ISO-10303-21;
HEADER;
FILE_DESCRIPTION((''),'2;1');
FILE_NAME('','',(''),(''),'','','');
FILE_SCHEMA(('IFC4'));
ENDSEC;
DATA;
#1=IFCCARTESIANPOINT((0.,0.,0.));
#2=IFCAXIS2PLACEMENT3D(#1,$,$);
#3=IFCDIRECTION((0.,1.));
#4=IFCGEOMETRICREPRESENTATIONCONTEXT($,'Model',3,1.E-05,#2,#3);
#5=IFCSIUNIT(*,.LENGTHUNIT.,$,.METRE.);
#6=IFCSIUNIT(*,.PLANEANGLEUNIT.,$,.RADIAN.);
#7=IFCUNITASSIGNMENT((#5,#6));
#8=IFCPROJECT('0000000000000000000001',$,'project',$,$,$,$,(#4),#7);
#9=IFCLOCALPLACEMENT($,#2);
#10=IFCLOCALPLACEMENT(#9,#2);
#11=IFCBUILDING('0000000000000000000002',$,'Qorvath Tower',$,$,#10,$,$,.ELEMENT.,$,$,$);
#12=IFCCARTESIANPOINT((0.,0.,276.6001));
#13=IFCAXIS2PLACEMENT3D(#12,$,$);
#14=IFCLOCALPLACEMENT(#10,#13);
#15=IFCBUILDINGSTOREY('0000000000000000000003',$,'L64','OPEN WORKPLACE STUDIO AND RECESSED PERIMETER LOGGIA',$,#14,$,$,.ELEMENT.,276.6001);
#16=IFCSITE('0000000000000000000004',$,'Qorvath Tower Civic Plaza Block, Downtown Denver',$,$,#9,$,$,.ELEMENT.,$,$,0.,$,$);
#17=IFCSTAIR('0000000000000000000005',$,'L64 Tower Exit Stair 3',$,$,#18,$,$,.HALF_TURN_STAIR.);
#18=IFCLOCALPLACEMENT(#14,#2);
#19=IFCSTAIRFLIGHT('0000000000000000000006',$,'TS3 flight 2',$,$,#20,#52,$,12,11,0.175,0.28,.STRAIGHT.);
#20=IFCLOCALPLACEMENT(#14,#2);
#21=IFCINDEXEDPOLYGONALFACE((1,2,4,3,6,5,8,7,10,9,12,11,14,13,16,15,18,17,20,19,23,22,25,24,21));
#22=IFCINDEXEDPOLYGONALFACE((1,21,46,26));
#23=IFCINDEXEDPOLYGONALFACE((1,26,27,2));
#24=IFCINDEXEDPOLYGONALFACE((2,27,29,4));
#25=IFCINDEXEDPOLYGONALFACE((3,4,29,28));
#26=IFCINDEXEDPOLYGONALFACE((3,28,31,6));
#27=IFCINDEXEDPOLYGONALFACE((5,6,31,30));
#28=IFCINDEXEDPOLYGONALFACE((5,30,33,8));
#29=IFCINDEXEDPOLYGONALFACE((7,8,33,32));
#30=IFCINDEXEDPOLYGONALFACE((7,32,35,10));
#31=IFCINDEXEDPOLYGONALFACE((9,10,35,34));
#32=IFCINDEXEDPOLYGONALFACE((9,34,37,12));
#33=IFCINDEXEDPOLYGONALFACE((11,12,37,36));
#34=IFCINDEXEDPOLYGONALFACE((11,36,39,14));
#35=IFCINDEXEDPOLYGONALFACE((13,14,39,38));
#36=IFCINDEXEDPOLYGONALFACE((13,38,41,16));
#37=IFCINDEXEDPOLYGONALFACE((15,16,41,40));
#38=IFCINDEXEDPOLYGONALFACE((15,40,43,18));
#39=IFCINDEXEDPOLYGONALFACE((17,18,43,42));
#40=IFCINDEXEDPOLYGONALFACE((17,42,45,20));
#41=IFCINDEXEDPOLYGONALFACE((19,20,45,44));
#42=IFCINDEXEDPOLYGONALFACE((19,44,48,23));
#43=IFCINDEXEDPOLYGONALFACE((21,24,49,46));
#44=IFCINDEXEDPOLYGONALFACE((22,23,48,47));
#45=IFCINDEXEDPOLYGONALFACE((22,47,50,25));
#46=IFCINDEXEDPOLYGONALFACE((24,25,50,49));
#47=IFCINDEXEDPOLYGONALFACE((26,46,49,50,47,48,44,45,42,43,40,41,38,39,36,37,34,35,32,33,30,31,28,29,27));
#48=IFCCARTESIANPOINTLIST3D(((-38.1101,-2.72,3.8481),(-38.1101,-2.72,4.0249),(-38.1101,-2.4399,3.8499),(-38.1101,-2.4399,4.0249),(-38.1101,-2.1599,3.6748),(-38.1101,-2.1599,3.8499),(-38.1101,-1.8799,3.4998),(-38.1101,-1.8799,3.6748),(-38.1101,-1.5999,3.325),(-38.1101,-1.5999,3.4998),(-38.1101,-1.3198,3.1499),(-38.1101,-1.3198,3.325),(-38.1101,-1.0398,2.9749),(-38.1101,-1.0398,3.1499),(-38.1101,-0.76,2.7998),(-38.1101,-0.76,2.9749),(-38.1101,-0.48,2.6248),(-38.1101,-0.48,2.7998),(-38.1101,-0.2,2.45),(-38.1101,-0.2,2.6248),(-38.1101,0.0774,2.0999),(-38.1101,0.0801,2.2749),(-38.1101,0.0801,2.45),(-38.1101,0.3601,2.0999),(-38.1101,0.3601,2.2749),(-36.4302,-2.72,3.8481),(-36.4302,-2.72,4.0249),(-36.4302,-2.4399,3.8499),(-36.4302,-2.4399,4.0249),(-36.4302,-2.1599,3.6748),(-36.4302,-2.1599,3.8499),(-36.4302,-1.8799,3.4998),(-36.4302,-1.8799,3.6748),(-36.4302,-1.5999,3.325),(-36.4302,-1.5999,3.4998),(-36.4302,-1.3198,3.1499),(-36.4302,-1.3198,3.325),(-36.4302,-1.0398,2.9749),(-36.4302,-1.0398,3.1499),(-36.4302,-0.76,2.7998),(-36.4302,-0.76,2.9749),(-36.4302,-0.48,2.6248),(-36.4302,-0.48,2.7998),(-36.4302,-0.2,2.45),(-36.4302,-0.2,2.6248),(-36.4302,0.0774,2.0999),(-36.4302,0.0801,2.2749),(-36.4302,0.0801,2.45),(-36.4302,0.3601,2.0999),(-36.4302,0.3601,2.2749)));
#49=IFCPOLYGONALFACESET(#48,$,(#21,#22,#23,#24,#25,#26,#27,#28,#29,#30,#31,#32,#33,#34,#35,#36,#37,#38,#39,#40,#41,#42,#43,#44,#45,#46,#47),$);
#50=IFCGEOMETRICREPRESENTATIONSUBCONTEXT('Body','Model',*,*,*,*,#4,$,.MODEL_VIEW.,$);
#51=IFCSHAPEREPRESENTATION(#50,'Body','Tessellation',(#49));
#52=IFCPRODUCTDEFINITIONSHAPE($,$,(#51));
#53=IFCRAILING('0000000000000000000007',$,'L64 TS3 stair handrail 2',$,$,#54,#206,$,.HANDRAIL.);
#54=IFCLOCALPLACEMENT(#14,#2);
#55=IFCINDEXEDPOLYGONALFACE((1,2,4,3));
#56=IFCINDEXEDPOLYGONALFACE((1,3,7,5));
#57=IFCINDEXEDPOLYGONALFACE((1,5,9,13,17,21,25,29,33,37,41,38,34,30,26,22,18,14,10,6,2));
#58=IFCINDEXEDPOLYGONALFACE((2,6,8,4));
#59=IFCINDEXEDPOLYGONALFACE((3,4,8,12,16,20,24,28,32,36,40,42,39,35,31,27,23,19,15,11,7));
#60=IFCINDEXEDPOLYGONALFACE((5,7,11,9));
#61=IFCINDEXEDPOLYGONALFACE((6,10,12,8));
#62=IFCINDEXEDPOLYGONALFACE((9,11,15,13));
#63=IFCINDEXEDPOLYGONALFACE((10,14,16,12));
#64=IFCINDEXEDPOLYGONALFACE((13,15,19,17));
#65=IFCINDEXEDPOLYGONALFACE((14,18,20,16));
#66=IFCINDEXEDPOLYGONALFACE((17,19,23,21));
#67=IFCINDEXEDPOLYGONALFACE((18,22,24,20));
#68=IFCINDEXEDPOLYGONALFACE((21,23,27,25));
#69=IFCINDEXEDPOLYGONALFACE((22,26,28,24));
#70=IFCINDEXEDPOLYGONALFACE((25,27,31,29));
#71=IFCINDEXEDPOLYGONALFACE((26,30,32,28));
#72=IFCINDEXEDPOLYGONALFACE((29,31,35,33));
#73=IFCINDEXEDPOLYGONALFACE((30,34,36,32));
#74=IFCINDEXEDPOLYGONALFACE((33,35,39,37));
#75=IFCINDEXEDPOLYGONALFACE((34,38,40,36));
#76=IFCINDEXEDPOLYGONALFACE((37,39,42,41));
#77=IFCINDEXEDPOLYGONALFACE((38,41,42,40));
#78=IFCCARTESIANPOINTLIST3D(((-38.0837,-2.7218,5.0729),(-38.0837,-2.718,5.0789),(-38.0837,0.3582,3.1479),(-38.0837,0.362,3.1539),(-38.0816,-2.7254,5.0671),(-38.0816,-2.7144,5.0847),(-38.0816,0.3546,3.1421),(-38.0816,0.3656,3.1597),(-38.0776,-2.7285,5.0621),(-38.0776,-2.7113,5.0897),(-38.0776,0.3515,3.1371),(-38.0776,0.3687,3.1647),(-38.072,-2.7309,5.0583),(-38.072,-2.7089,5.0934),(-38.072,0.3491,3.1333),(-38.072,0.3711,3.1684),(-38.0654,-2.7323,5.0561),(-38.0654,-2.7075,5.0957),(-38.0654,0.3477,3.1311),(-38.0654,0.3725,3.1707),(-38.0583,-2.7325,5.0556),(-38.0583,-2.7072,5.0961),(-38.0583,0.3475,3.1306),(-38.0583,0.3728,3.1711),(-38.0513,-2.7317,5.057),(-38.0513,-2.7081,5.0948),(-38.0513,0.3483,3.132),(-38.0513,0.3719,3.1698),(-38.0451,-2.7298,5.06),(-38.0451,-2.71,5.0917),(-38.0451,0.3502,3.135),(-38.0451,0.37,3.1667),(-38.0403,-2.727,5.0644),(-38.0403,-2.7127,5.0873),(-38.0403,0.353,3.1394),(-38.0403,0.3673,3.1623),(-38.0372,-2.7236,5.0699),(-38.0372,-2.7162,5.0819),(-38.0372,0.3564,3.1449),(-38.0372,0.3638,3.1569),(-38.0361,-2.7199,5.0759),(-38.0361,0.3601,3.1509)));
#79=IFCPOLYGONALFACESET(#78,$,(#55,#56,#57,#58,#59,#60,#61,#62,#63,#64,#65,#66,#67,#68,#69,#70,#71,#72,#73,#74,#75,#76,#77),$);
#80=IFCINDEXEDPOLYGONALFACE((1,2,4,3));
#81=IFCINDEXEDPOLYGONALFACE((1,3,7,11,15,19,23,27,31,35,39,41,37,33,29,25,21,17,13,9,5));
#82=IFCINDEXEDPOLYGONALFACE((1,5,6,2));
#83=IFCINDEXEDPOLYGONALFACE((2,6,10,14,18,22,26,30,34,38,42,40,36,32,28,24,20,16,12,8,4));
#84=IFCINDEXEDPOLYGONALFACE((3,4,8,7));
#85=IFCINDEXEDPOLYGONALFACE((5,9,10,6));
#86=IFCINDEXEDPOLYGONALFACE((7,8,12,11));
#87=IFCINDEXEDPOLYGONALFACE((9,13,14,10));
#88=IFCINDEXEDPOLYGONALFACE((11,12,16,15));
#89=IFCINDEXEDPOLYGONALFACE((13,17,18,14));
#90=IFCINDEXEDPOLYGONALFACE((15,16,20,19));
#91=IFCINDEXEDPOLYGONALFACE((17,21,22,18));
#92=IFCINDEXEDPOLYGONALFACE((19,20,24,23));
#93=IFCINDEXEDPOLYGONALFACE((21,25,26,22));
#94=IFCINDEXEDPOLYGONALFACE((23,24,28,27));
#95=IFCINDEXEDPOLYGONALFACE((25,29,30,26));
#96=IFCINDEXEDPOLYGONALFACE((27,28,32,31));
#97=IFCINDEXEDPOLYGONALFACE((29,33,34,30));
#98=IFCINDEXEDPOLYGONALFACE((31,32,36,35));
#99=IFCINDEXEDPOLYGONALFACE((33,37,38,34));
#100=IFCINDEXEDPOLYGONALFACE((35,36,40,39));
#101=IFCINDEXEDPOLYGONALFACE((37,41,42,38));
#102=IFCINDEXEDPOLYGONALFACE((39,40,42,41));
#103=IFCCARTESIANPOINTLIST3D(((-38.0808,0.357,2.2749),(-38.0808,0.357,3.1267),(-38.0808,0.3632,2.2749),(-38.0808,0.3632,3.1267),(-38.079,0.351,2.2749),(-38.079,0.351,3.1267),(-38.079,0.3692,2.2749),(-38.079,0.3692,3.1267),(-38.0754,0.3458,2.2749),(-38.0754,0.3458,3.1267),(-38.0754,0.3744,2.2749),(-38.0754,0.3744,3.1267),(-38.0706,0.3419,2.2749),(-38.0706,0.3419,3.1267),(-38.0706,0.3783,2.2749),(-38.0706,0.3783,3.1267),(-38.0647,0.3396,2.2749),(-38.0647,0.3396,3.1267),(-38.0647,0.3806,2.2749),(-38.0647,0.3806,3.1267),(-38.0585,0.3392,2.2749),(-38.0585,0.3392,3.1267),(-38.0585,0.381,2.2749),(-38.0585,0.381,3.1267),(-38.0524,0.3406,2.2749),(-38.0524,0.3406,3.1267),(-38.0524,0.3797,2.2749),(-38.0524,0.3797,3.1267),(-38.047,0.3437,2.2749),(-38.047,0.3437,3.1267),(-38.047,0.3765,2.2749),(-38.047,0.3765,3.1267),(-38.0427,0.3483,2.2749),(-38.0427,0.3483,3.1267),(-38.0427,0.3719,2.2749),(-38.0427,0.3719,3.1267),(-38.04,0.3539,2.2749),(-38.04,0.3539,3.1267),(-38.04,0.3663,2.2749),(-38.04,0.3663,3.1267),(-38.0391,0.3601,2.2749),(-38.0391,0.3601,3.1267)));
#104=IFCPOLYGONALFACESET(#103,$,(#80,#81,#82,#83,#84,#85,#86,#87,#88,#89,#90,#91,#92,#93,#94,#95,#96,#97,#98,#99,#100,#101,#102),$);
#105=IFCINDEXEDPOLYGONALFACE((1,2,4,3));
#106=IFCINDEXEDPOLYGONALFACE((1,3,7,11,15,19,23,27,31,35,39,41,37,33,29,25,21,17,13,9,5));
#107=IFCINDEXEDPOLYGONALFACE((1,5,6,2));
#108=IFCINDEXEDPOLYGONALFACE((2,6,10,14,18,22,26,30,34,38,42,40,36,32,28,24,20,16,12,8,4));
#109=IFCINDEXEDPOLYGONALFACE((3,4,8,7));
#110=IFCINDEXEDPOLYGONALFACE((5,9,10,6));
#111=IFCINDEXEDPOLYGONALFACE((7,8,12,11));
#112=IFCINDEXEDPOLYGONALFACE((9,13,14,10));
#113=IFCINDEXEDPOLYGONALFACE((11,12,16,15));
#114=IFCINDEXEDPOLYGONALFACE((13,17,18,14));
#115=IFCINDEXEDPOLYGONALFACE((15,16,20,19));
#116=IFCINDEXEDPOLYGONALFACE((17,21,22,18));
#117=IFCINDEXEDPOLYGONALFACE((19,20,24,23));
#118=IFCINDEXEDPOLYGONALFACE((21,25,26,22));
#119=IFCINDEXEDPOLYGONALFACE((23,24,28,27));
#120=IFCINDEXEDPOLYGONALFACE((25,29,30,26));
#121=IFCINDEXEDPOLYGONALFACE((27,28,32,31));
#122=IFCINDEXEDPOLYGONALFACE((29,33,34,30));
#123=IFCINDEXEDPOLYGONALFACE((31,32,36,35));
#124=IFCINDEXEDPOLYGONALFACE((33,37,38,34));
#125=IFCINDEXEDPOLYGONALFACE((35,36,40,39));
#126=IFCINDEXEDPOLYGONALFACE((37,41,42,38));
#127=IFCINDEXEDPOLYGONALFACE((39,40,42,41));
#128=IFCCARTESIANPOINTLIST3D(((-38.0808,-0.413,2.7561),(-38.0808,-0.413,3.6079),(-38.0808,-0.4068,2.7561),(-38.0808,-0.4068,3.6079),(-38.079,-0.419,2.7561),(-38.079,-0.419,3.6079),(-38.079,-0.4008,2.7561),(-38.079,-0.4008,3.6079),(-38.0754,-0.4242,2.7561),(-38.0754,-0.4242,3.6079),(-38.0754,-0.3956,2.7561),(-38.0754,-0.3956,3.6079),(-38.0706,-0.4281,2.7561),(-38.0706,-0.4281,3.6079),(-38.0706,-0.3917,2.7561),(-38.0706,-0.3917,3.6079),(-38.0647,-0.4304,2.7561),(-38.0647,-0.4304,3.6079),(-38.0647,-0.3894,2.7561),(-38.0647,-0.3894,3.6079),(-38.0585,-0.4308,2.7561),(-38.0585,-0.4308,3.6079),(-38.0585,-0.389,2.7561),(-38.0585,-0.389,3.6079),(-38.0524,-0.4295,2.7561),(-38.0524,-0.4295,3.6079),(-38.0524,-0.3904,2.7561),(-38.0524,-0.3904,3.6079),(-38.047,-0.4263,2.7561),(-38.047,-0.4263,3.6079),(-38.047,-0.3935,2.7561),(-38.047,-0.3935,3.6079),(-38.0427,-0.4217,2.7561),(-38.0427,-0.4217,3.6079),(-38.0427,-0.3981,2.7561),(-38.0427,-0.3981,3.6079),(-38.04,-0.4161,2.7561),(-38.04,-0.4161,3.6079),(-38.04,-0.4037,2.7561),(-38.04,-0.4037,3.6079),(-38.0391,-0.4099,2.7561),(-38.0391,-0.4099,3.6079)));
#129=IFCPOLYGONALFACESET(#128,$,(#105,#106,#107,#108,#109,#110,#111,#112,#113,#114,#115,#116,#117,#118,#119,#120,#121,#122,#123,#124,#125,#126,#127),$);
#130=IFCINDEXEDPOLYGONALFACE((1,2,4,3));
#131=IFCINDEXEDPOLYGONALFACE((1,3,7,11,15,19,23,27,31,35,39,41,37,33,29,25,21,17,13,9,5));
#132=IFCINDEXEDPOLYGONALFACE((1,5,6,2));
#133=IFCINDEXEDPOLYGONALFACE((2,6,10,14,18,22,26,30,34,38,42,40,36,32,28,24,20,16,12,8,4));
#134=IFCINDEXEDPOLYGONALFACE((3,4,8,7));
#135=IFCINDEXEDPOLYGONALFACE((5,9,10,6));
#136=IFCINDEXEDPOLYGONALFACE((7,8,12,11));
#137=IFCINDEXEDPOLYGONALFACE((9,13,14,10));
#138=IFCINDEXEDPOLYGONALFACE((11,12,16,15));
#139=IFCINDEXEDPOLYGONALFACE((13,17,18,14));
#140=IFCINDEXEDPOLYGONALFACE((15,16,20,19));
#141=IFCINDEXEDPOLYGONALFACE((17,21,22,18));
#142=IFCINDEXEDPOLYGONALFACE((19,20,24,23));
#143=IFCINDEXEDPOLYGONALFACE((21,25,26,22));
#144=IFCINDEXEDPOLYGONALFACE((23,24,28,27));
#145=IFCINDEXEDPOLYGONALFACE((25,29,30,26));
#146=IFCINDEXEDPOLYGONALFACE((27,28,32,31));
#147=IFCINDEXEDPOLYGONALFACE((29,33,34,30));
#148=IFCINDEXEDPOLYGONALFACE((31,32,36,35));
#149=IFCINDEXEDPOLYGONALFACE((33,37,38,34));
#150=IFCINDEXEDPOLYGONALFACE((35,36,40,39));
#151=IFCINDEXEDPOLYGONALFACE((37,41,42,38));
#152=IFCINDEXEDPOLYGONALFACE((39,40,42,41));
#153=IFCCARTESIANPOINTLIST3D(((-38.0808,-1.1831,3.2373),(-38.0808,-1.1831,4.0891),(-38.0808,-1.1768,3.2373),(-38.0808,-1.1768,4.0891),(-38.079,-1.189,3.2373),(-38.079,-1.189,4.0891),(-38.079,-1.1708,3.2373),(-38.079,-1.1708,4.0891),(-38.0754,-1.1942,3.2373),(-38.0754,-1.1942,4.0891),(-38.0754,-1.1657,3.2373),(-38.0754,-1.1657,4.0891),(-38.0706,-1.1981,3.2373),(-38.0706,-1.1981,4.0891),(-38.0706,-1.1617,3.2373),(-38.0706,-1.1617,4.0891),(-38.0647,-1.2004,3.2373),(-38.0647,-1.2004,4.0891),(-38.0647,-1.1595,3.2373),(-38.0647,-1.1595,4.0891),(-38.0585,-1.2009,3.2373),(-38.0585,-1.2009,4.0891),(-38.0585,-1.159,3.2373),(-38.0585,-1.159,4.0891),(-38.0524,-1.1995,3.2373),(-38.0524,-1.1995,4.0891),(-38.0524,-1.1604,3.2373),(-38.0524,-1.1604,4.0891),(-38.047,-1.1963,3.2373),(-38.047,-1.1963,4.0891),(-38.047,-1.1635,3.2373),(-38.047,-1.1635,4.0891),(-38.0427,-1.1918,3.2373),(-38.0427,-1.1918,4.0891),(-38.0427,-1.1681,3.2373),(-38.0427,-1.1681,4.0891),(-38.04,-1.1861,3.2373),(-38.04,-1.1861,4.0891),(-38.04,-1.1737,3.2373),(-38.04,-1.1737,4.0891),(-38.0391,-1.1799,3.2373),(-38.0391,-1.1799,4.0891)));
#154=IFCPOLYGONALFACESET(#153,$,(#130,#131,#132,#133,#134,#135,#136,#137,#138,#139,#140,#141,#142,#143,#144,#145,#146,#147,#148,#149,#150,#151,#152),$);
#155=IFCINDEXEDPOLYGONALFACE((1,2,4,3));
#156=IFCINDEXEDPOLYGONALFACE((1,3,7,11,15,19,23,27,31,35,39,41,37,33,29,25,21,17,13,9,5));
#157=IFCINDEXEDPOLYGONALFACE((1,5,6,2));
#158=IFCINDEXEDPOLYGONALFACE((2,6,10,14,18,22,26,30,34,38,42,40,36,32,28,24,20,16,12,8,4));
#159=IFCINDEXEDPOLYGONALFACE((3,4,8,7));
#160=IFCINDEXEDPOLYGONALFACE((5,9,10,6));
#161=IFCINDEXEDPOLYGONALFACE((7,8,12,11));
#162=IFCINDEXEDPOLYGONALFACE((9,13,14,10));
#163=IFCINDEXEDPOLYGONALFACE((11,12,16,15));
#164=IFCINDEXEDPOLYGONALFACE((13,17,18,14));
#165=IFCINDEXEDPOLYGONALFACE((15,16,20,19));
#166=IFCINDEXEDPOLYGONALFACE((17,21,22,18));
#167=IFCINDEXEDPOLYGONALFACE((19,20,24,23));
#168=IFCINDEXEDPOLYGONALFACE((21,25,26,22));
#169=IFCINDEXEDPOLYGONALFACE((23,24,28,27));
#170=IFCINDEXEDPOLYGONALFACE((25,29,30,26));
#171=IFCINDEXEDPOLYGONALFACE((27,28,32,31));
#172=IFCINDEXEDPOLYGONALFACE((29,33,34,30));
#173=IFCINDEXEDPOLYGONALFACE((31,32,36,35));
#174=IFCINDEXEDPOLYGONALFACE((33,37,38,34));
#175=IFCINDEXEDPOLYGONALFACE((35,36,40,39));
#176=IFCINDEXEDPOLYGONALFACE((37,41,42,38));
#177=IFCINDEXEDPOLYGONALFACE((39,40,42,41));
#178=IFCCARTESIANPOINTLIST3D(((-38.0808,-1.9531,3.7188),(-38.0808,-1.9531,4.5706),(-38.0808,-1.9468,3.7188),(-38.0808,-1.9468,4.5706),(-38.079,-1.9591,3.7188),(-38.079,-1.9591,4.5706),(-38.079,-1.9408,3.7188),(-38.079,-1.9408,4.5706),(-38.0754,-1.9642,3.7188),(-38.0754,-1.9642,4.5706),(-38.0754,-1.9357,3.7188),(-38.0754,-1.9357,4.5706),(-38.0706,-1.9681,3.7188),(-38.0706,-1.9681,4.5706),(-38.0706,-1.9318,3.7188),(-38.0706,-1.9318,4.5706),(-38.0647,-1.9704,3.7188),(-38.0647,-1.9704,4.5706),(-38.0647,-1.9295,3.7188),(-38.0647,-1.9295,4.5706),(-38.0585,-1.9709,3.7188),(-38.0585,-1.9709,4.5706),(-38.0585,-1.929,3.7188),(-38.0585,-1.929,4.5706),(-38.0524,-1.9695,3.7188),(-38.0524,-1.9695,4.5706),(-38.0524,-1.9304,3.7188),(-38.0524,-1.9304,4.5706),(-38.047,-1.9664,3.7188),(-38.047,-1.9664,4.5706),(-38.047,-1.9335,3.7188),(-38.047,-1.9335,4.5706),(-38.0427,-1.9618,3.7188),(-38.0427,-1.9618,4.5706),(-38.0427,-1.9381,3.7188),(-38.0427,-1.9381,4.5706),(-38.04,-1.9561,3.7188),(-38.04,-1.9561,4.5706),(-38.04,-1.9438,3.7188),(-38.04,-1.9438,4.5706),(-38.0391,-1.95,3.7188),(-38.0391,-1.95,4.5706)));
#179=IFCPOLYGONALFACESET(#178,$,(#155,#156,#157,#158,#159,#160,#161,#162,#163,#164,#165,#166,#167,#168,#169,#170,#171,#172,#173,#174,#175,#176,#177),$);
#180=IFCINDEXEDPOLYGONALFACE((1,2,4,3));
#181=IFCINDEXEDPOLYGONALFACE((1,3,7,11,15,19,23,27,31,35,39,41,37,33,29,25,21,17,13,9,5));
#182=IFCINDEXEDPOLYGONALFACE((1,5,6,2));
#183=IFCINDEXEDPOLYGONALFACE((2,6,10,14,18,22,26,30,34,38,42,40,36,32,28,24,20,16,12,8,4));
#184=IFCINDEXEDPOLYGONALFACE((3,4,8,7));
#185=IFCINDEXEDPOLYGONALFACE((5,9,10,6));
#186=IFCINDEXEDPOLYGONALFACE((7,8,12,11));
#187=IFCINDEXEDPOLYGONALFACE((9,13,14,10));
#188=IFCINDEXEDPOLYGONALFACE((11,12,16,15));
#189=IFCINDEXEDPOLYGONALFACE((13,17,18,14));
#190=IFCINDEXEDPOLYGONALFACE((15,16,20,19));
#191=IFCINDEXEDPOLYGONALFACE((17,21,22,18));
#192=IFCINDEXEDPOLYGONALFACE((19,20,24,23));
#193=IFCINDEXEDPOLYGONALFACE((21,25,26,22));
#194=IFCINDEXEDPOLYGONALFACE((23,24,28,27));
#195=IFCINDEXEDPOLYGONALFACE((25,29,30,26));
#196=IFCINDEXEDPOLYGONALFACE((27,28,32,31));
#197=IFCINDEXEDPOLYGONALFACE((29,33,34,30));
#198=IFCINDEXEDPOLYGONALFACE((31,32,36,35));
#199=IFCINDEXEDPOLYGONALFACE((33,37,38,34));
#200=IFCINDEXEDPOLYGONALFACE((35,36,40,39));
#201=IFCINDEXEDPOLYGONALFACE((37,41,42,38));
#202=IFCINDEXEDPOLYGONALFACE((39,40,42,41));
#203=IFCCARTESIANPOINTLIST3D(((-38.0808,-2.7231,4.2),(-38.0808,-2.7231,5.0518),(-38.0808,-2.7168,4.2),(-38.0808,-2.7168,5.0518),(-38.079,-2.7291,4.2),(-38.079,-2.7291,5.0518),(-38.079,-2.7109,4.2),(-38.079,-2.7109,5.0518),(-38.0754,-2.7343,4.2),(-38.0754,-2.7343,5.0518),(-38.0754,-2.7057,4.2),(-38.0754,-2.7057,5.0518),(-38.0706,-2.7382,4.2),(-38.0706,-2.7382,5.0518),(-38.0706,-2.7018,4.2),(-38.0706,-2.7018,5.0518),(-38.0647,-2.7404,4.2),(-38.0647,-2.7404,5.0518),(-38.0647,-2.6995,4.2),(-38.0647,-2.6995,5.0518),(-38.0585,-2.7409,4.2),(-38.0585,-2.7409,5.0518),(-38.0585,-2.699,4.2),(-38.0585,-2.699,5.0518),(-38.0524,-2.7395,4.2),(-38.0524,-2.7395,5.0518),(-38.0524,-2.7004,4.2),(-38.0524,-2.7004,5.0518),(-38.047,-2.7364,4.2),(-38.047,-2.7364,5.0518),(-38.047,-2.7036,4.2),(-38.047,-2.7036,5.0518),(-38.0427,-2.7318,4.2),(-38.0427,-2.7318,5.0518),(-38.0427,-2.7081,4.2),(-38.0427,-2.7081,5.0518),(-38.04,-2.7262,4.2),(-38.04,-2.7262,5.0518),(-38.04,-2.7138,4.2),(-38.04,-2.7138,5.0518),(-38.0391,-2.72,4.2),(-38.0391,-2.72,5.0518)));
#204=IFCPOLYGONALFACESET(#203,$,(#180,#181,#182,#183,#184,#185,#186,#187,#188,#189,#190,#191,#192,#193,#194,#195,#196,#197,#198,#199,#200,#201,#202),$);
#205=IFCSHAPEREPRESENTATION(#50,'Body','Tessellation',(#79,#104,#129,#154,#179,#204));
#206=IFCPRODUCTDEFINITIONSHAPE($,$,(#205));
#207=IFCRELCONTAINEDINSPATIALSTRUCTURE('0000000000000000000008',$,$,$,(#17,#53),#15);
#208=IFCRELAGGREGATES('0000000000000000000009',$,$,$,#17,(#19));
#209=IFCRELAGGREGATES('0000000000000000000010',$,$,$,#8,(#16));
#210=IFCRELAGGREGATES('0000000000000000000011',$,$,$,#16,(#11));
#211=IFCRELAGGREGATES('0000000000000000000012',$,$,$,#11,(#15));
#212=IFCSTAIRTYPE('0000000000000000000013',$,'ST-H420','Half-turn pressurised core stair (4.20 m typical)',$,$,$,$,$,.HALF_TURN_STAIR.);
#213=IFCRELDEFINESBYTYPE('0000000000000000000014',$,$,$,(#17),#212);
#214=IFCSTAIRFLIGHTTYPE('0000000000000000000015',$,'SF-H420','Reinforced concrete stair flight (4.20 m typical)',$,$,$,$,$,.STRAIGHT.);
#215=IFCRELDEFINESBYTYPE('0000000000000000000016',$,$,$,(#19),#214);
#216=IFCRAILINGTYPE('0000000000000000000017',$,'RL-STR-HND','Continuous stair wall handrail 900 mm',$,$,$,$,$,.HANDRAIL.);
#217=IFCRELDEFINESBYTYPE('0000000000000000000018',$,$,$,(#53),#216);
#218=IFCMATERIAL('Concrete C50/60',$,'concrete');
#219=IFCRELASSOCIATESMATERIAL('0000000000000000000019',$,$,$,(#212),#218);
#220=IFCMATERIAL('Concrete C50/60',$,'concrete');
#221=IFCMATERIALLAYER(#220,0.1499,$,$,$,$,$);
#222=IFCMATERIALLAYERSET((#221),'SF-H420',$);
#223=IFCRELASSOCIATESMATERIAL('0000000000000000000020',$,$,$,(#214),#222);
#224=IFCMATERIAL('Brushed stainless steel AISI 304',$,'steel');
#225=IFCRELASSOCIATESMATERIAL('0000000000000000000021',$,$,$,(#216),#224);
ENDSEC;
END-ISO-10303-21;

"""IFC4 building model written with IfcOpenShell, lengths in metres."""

from ifc_helpers import new_model, si_unit, direction, frame, origin, origin_2d, place, context, subcontext, project, spatial, polyline, circle, outline, extrude, material, layer, layer_set, type_object, element, aggregate, save


model = new_model("IFC4")

# Units and contexts
model_context = context("Model", 3, precision=1e-05, world=origin(), true_north=direction((0.0, 1.0)))
body_context = subcontext(model_context, "Body", "Model", "MODEL_VIEW")
ifc_project = project(units=[si_unit("LENGTHUNIT", "METRE"), si_unit("PLANEANGLEUNIT", "RADIAN")], contexts=[model_context])

# Site, building, storey
site_placement = place(None, origin())
site = spatial("IfcSite", under=ifc_project, at=site_placement, Name="Qorvath Tower Civic Plaza Block, Downtown Denver", CompositionType="ELEMENT", RefElevation=0.0)
building_placement = place(site_placement, origin())
building = spatial("IfcBuilding", under=site, at=building_placement, Name="Qorvath Tower", CompositionType="ELEMENT")
storey_placement = place(building_placement, frame((0.0, 0.0, 276.6001)))
storey = spatial("IfcBuildingStorey", under=building, at=storey_placement, Name="L64", Description="OPEN WORKPLACE STUDIO AND RECESSED PERIMETER LOGGIA", CompositionType="ELEMENT", Elevation=276.6001)

# Stair, stair flight
ifc_material_1 = material(Name="Concrete C50/60", Category="concrete")
stair_type = type_object("IfcStairType", Name="ST-H420", Description="Half-turn pressurised core stair (4.20 m typical)", PredefinedType="HALF_TURN_STAIR", material=ifc_material_1)
stair_placement = place(storey_placement, origin())
stair = element("IfcStair", 1, at=stair_placement, inside=storey, type_object=stair_type, Name="L64 Tower Exit Stair 3", PredefinedType="HALF_TURN_STAIR")
ifc_material_2 = material(Name="Concrete C50/60", Category="concrete")
ifc_layer_1 = layer(ifc_material_2, 0.1499)
ifc_layer_set_1 = layer_set([ifc_layer_1], Name="SF-H420")
stair_flight_type = type_object("IfcStairFlightType", Name="SF-H420", Description="Reinforced concrete stair flight (4.20 m typical)", PredefinedType="STRAIGHT", material=ifc_layer_set_1)
stair_flight_placement = place(storey_placement, frame((-37.27, 0.3601, 2.0999), z_axis=(0.0, 0.0, 1.0), x_axis=(0.0, -1.0, 0.0)))
stair_flight = element("IfcStairFlight", 2, at=stair_flight_placement, type_object=stair_flight_type, Name="TS3 flight 2", NumberOfRisers=12, NumberOfTreads=11, PredefinedType="STRAIGHT", RiserHeight=0.175, TreadLength=0.28, context=body_context, shape_type="SweptSolid", body=[
    extrude(outline(polyline([(0.0, 0.0), (0.0, 0.175), (0.28, 0.175), (0.28, 0.3501), (0.5601, 0.3501), (0.5601, 0.5249), (0.8401, 0.5249), (0.8401, 0.7), (1.1201, 0.7), (1.1201, 0.875), (1.3999, 0.875), (1.3999, 1.05), (1.6799, 1.05), (1.6799, 1.2251), (1.96, 1.2251), (1.96, 1.3999), (2.24, 1.3999), (2.24, 1.575), (2.52, 1.575), (2.52, 1.75), (2.8, 1.75), (2.8, 1.925), (3.0801, 1.925), (3.0801, 2.1001), (3.0801, 1.7483), (0.2827, 0.0), (0.0, 0.0)])), frame((0.0, 0.8398, 0.0), z_axis=(0.0, -1.0, 0.0), x_axis=(1.0, 0.0, 0.0)), (0.0, 0.0, 1.0), 1.6799),
])
aggregate(stair, [stair_flight])

# Railing
ifc_material_3 = material(Name="Brushed stainless steel AISI 304", Category="steel")
railing_type = type_object("IfcRailingType", Name="RL-STR-HND", Description="Continuous stair wall handrail 900 mm", PredefinedType="HANDRAIL", material=ifc_material_3)
railing_placement = place(storey_placement, frame((-38.0601, 0.3601, 2.2749)))
element("IfcRailing", 3, at=railing_placement, inside=storey, type_object=railing_type, Name="L64 TS3 stair handrail 2", PredefinedType="HANDRAIL", context=body_context, shape_type="SweptSolid", body=[
    extrude(circle(Radius=0.0239, at=origin_2d()), frame((0.0, 0.0, 0.876), z_axis=(0.0, -0.847998, 0.529999), x_axis=(1.0, 0.0, 0.0)), (0.0, 0.0, 1.0), 3.6321),
    extrude(circle(Radius=0.021, at=origin_2d()), origin(), (0.0, 0.0, 1.0), 0.8518),
    extrude(circle(Radius=0.021, at=origin_2d()), frame((0.0, -0.77, 0.4812)), (0.0, 0.0, 1.0), 0.8518),
    extrude(circle(Radius=0.021, at=origin_2d()), frame((0.0, -1.54, 0.9624)), (0.0, 0.0, 1.0), 0.8518),
    extrude(circle(Radius=0.021, at=origin_2d()), frame((0.0, -2.3101, 1.4438)), (0.0, 0.0, 1.0), 0.8518),
    extrude(circle(Radius=0.021, at=origin_2d()), frame((0.0, -3.0801, 1.925)), (0.0, 0.0, 1.0), 0.8518),
])

save(model, "model.ifc")
